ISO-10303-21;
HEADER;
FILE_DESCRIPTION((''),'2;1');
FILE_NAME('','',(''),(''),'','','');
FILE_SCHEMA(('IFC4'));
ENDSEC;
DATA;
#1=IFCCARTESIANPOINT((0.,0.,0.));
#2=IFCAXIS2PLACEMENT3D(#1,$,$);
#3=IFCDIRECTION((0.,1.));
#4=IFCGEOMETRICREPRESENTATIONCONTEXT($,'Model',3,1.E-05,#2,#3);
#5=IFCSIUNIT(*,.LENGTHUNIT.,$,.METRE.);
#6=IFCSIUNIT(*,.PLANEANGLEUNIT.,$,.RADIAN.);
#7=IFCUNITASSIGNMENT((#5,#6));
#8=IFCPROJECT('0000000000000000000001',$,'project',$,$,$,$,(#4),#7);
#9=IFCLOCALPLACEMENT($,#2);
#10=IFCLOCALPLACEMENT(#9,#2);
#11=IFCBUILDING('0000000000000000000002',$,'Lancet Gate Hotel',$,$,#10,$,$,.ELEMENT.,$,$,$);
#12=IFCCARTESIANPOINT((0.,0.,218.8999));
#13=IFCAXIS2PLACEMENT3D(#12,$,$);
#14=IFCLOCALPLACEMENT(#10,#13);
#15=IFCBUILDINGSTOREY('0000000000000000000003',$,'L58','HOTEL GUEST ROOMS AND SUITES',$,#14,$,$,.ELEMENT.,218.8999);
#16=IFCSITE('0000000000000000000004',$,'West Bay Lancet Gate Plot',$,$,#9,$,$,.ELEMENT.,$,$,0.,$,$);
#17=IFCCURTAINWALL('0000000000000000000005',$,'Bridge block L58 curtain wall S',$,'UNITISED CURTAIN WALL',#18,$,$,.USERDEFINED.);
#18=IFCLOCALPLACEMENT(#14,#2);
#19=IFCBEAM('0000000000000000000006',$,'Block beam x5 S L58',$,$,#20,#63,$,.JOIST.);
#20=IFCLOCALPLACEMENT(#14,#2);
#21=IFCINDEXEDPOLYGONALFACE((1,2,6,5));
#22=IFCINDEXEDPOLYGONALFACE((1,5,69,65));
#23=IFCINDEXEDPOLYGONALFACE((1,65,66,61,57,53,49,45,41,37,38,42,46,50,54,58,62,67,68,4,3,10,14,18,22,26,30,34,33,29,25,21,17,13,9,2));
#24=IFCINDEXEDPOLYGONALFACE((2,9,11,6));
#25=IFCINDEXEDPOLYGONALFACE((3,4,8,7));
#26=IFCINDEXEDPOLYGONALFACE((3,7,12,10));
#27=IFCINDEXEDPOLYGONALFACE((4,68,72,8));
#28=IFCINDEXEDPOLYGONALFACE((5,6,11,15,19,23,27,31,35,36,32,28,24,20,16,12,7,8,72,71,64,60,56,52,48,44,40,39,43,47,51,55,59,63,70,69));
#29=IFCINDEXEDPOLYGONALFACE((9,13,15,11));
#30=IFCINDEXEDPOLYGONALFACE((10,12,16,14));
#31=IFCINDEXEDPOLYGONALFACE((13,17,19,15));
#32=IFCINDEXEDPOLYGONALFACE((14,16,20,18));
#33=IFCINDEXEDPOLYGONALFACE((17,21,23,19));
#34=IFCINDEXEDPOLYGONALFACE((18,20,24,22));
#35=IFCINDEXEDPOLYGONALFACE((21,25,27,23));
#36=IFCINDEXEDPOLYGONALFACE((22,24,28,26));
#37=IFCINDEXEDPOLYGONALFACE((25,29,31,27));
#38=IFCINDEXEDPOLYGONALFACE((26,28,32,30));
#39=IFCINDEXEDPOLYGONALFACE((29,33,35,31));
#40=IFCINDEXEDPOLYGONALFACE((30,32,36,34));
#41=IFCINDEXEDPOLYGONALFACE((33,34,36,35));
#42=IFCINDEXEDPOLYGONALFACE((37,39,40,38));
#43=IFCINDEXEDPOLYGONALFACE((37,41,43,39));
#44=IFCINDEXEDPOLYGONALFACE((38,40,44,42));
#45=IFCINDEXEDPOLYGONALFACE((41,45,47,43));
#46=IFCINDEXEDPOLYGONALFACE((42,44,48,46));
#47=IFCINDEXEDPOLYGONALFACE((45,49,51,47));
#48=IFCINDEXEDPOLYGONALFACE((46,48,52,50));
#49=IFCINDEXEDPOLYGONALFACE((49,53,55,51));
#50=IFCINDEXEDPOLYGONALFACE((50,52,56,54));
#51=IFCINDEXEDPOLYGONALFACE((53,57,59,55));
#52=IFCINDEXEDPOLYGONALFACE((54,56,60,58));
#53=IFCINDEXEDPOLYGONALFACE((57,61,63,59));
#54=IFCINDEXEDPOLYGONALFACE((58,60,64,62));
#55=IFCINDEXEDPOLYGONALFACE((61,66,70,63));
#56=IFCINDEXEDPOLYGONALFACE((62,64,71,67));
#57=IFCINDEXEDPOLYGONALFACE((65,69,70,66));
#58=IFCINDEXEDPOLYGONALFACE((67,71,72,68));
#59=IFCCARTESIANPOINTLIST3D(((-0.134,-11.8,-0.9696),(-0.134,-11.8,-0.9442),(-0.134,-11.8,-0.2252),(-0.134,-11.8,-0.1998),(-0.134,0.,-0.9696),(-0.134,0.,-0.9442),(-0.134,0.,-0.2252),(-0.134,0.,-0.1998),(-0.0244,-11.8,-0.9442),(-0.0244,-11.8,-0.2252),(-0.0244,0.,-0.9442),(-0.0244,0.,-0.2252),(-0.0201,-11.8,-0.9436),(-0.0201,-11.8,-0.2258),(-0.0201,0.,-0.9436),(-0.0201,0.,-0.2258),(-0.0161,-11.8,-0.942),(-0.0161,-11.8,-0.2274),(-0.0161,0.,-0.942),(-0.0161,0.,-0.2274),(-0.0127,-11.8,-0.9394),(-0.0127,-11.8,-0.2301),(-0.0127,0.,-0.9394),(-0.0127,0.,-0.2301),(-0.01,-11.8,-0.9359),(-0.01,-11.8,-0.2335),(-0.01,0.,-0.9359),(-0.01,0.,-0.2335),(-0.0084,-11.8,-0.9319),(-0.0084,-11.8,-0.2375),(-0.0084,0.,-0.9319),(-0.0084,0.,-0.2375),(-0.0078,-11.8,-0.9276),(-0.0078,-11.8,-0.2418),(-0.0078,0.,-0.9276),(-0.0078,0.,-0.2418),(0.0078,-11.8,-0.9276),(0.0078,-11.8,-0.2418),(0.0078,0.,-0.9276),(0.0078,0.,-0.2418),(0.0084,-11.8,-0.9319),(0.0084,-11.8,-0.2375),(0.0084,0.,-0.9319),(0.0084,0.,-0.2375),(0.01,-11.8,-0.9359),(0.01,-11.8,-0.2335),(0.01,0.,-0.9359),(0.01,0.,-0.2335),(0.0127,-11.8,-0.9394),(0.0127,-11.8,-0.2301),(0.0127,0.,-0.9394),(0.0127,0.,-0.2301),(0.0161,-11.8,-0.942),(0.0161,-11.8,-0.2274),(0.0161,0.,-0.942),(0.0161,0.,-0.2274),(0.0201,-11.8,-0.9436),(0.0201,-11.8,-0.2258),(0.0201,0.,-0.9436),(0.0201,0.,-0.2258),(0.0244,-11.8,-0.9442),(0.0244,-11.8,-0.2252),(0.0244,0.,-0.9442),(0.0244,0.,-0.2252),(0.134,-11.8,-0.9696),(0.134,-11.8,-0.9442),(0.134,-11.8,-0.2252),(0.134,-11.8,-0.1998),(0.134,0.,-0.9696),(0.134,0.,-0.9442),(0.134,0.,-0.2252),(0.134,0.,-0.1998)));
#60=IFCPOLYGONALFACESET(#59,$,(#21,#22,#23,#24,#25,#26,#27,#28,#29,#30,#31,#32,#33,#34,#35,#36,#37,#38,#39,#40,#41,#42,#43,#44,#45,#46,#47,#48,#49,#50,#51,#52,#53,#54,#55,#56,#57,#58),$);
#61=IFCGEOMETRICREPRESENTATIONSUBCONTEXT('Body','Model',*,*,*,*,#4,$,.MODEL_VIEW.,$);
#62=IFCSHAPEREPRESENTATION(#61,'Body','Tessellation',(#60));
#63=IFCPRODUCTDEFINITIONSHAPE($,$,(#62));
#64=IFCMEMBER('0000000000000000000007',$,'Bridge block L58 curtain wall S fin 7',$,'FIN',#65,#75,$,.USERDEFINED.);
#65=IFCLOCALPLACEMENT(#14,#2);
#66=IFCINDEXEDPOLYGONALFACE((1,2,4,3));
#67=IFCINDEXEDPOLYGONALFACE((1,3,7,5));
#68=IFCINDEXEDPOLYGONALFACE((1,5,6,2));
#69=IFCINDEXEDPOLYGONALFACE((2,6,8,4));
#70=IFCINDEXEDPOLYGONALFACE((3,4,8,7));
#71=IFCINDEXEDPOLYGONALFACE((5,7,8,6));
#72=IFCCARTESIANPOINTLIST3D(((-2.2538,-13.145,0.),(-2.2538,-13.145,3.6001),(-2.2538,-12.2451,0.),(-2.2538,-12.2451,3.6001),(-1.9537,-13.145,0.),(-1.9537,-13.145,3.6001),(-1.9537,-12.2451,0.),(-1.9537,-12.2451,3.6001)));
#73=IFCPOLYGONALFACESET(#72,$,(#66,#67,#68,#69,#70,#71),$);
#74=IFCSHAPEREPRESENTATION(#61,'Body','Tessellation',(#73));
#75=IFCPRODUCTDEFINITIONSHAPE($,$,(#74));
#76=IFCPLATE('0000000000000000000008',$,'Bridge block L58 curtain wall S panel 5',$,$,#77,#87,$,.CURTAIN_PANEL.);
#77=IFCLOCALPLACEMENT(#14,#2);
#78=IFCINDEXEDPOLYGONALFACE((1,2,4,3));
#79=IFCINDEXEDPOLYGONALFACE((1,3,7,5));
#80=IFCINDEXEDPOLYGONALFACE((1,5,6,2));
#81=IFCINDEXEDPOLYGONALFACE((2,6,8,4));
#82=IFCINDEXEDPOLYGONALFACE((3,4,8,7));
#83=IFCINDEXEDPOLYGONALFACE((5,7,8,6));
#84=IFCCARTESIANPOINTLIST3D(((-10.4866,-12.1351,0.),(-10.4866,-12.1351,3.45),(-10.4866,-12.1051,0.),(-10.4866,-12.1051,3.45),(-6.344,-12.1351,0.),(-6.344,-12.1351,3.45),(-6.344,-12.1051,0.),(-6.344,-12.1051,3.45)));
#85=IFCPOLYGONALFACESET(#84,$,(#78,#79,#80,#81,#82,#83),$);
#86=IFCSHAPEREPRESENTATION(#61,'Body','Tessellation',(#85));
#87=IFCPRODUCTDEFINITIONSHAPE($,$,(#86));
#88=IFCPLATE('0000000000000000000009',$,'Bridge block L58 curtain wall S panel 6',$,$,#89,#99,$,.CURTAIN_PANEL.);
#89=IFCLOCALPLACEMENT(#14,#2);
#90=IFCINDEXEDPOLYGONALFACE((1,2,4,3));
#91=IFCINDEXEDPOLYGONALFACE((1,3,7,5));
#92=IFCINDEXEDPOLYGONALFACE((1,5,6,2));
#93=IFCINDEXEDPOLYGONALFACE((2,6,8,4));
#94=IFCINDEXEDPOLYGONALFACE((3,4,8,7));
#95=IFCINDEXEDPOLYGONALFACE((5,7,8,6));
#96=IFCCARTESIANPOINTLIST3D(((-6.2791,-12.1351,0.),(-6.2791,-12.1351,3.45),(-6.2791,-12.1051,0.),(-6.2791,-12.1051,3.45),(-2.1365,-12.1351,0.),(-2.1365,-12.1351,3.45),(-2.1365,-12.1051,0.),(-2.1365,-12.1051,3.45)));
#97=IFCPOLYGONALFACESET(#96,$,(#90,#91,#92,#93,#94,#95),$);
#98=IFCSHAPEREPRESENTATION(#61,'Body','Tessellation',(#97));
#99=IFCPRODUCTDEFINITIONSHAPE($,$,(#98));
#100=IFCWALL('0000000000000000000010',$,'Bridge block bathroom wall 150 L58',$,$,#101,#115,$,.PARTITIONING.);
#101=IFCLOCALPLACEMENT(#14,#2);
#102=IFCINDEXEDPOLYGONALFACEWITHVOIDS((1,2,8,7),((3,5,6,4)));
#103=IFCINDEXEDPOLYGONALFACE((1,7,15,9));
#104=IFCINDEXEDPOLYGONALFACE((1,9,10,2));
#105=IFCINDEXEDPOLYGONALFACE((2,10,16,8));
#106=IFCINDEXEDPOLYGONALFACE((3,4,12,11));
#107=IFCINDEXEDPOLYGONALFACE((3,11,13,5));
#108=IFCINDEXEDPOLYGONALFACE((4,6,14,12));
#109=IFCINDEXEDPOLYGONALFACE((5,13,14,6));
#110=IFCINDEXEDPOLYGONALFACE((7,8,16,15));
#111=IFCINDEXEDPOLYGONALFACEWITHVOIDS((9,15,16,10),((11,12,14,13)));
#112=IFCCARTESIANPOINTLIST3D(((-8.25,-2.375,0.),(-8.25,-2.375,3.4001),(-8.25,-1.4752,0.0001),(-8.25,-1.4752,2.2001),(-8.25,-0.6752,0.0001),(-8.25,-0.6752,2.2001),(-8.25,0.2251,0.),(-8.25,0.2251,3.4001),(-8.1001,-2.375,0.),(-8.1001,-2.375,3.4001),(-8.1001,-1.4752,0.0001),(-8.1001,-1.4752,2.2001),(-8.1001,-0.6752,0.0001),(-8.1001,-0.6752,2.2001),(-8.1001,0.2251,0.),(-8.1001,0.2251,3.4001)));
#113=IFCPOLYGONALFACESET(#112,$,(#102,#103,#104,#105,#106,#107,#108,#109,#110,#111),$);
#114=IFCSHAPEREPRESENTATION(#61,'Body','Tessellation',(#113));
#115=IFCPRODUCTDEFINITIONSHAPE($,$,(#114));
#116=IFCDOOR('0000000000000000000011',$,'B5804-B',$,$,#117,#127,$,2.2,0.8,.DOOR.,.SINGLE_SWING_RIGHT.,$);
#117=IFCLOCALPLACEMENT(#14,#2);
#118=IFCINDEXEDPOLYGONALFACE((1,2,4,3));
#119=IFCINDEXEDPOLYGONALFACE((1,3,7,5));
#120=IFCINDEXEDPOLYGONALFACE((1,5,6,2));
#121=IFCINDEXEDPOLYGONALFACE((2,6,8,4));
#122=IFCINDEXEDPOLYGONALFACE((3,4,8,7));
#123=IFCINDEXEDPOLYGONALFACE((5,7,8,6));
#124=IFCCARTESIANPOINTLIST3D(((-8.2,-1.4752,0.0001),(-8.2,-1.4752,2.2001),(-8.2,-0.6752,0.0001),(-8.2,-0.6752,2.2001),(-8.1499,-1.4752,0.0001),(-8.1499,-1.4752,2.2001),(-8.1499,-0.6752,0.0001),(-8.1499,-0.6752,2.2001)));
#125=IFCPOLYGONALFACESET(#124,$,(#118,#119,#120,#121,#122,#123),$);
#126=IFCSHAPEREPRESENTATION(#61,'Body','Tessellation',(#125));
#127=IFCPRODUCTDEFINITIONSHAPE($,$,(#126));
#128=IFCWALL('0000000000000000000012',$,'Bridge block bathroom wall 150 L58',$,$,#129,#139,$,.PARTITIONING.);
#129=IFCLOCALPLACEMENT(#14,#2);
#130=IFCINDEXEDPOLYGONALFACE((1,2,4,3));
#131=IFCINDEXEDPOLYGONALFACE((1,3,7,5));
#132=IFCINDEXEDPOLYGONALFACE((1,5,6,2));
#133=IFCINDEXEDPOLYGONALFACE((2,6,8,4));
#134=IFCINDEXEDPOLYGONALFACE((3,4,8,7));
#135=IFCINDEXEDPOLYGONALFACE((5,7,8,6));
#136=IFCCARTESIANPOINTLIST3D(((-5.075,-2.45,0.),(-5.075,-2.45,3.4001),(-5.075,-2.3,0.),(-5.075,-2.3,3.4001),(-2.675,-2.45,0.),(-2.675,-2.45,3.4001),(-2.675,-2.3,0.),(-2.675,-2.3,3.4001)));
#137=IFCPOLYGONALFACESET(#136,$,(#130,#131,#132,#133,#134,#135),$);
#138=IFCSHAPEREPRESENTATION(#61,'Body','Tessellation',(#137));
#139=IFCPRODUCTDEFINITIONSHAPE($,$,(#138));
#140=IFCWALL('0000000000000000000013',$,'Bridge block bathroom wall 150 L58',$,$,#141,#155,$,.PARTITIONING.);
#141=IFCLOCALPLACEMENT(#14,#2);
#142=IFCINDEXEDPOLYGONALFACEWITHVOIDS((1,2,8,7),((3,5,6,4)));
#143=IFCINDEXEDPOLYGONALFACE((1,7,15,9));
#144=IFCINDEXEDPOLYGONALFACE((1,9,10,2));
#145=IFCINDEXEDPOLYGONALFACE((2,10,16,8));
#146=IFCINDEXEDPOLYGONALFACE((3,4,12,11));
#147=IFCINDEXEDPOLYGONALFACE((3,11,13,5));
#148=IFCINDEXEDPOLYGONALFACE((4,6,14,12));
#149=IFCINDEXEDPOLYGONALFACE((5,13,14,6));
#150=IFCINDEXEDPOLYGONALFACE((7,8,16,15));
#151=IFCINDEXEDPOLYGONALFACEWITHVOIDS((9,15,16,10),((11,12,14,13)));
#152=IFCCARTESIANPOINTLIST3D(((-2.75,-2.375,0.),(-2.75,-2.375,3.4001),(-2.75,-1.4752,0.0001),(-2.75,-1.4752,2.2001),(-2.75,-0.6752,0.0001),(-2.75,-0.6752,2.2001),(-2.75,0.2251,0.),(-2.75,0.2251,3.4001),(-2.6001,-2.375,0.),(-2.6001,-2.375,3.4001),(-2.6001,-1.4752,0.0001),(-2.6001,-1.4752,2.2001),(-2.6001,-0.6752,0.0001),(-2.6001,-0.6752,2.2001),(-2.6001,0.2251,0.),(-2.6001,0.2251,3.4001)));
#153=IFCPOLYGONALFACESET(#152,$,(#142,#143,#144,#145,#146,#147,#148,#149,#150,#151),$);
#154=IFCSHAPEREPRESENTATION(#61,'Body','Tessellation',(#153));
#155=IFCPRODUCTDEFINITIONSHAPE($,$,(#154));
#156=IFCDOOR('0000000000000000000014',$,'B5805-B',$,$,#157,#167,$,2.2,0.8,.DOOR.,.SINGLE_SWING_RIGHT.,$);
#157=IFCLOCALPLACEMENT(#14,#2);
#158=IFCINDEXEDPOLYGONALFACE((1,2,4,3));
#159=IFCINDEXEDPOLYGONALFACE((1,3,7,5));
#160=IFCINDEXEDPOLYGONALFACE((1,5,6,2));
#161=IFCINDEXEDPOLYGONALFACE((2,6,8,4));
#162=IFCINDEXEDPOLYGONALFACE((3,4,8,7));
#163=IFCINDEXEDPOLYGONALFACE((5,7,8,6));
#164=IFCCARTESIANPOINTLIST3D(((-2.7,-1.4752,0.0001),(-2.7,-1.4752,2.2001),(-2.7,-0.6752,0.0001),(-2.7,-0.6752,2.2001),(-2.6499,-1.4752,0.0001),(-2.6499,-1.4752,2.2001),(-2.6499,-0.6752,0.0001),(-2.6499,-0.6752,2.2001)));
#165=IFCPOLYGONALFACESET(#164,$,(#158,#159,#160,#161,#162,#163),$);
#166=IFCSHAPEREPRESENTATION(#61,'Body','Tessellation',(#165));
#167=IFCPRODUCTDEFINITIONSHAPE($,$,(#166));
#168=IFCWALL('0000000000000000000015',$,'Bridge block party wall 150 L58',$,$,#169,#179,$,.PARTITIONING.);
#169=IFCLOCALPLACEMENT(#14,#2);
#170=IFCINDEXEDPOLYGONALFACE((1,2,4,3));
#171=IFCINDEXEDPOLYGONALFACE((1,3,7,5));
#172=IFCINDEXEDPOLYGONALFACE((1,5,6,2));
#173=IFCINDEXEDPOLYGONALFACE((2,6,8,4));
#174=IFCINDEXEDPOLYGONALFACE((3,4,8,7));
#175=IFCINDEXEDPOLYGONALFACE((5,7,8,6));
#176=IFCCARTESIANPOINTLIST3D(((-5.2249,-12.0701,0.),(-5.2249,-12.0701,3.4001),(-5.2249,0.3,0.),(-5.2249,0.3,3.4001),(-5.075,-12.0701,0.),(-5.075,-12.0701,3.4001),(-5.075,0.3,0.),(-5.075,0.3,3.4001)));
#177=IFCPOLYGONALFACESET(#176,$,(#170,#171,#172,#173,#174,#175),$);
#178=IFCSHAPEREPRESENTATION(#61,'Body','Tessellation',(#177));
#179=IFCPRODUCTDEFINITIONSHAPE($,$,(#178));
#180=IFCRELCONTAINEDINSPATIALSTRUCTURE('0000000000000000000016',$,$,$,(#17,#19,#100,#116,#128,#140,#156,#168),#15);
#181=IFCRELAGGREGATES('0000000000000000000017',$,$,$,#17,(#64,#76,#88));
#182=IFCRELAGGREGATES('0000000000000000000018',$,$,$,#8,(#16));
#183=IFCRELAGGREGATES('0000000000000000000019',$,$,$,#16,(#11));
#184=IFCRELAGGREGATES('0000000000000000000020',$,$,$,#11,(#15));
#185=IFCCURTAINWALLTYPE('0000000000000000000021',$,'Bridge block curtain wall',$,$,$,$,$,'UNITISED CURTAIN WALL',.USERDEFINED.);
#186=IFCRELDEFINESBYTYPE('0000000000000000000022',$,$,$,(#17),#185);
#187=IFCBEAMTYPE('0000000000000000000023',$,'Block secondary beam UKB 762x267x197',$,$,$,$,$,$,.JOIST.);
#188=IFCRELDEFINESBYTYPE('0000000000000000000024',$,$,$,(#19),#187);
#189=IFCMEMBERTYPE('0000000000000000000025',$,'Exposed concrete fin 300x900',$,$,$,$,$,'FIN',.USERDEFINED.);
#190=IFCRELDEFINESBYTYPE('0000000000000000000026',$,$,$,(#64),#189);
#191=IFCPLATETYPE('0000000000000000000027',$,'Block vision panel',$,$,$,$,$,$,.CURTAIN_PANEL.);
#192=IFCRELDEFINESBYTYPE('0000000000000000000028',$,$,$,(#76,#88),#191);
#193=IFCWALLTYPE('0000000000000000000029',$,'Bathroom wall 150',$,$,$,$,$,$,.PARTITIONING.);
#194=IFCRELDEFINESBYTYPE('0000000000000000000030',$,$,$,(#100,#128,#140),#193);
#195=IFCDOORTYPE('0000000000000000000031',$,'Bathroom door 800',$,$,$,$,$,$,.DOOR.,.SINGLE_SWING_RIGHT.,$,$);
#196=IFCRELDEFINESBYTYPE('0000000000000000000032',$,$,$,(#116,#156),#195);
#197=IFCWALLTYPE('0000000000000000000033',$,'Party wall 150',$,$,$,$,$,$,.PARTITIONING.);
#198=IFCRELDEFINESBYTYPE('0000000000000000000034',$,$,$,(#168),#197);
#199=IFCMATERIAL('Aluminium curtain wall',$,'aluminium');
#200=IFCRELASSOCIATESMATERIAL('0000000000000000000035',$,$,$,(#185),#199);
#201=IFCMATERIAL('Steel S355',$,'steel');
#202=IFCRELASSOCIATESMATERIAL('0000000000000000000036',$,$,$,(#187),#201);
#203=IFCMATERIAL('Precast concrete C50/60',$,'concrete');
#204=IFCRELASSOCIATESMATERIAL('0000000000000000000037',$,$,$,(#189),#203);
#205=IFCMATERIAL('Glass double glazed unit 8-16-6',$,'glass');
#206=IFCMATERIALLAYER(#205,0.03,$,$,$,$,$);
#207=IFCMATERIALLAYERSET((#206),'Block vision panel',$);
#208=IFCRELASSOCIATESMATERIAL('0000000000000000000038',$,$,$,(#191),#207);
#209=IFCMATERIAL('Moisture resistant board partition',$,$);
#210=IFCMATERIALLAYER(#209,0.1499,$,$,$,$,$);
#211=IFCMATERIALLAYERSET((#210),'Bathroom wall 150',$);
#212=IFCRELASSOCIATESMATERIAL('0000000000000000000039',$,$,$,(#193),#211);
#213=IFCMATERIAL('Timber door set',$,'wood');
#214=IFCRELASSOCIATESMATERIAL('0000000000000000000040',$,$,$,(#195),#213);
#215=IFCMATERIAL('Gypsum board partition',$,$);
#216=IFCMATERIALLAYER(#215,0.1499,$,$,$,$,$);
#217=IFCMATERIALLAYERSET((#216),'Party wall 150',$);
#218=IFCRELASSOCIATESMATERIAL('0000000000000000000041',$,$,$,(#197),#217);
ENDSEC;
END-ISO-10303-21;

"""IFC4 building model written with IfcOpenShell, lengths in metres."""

from ifc_helpers import new_model, si_unit, direction, frame, frame_2d, origin, origin_2d, place, context, subcontext, project, spatial, rectangle, i_section, extrude, material, layer, layer_set, material_profile, profile_set, type_object, element, fill, aggregate, save


model = new_model("IFC4")

# Units and contexts
model_context = context("Model", 3, precision=1e-05, world=origin(), true_north=direction((0.0, 1.0)))
body_context = subcontext(model_context, "Body", "Model", "MODEL_VIEW")
ifc_project = project(units=[si_unit("LENGTHUNIT", "METRE"), si_unit("PLANEANGLEUNIT", "RADIAN")], contexts=[model_context])

# Site, building, storey
site_placement = place(None, origin())
site = spatial("IfcSite", under=ifc_project, at=site_placement, Name="West Bay Lancet Gate Plot", CompositionType="ELEMENT", RefElevation=0.0)
building_placement = place(site_placement, origin())
building = spatial("IfcBuilding", under=site, at=building_placement, Name="Lancet Gate Hotel", CompositionType="ELEMENT")
storey_placement = place(building_placement, frame((0.0, 0.0, 218.8999)))
storey = spatial("IfcBuildingStorey", under=building, at=storey_placement, Name="L58", Description="HOTEL GUEST ROOMS AND SUITES", CompositionType="ELEMENT", Elevation=218.8999)

# Curtain wall
ifc_material_1 = material(Name="Aluminium curtain wall", Category="aluminium")
curtain_wall_type = type_object("IfcCurtainWallType", Name="Bridge block curtain wall", ElementType="UNITISED CURTAIN WALL", PredefinedType="USERDEFINED", material=ifc_material_1)
curtain_wall_placement = place(storey_placement, origin())
curtain_wall = element("IfcCurtainWall", 1, at=curtain_wall_placement, inside=storey, type_object=curtain_wall_type, Name="Bridge block L58 curtain wall S", ObjectType="UNITISED CURTAIN WALL", PredefinedType="USERDEFINED")

# Beam
ifc_material_2 = material(Name="Steel S355", Category="steel")
ifc_material_profile_1 = material_profile(ifc_material_2, i_section(OverallWidth=0.2681, OverallDepth=0.7698, WebThickness=0.0156, FlangeThickness=0.0254, FilletRadius=0.0166, at=origin_2d()), Name="UKB 762x267x197")
ifc_profile_set_1 = profile_set([ifc_material_profile_1], Name="Steel S355")
beam_type_1 = type_object("IfcBeamType", Name="Block secondary beam UKB 762x267x197", PredefinedType="JOIST", material=ifc_profile_set_1)
for number, where, z_axis, x_axis, name in (
    (2, (0.0, -11.8, -0.5847), (0.0, 1.0, 0.0), (-1.0, 0.0, 0.0), "Block beam x5 S L58"),
):
    element("IfcBeam", number, at=place(storey_placement, frame(where, z_axis=z_axis, x_axis=x_axis)), inside=storey, type_object=beam_type_1, Name=name, PredefinedType="JOIST", context=body_context, shape_type="SweptSolid", body=[
        extrude(i_section(OverallWidth=0.2681, OverallDepth=0.7698, WebThickness=0.0156, FlangeThickness=0.0254, FilletRadius=0.0166, at=origin_2d()), origin(), (0.0, 0.0, 1.0), 11.8),
    ])

# Member
ifc_material_3 = material(Name="Precast concrete C50/60", Category="concrete")
ifc_material_profile_2 = material_profile(ifc_material_3, rectangle(XDim=0.3, YDim=0.8999, at=origin_2d()), Name="FIN 300x900")
ifc_profile_set_2 = profile_set([ifc_material_profile_2], Name="Precast concrete C50/60")
member_type_1 = type_object("IfcMemberType", Name="Exposed concrete fin 300x900", ElementType="FIN", PredefinedType="USERDEFINED", material=ifc_profile_set_2)
member_1_placement = place(storey_placement, frame((-2.1038, -12.6951, 0.0), z_axis=(0.0, 0.0, 1.0), x_axis=(1.0, 0.0, 0.0)))
member_1 = element("IfcMember", 3, at=member_1_placement, type_object=member_type_1, Name="Bridge block L58 curtain wall S fin 7", ObjectType="FIN", PredefinedType="USERDEFINED", context=body_context, shape_type="SweptSolid", body=[
    extrude(rectangle(XDim=0.3, YDim=0.8999, at=origin_2d()), origin(), (0.0, 0.0, 1.0), 3.6001),
])

# Plates
ifc_material_4 = material(Name="Glass double glazed unit 8-16-6", Category="glass")
ifc_layer_1 = layer(ifc_material_4, 0.03)
ifc_layer_set_1 = layer_set([ifc_layer_1], Name="Block vision panel")
plate_type = type_object("IfcPlateType", Name="Block vision panel", PredefinedType="CURTAIN_PANEL", material=ifc_layer_set_1)
plate_1_placement = place(storey_placement, frame((-8.4153, -12.1201, 0.0), z_axis=(0.0, 0.0, 1.0), x_axis=(1.0, 0.0, 0.0)))
plate_1 = element("IfcPlate", 4, at=plate_1_placement, type_object=plate_type, Name="Bridge block L58 curtain wall S panel 5", PredefinedType="CURTAIN_PANEL", context=body_context, shape_type="SweptSolid", body=[
    extrude(rectangle(XDim=4.1426, YDim=0.03, at=origin_2d()), origin(), (0.0, 0.0, 1.0), 3.45),
])
plate_2_placement = place(storey_placement, frame((-4.2078, -12.1201, 0.0), z_axis=(0.0, 0.0, 1.0), x_axis=(1.0, 0.0, 0.0)))
plate_2 = element("IfcPlate", 5, at=plate_2_placement, type_object=plate_type, Name="Bridge block L58 curtain wall S panel 6", PredefinedType="CURTAIN_PANEL", context=body_context, shape_type="SweptSolid", body=[
    extrude(rectangle(XDim=4.1426, YDim=0.03, at=origin_2d()), origin(), (0.0, 0.0, 1.0), 3.45),
])
aggregate(curtain_wall, [member_1, plate_1, plate_2])

# Wall, opening, door
ifc_material_5 = material(Name="Moisture resistant board partition")
ifc_layer_2 = layer(ifc_material_5, 0.1499)
ifc_layer_set_2 = layer_set([ifc_layer_2], Name="Bathroom wall 150")
wall_type_1 = type_object("IfcWallType", Name="Bathroom wall 150", PredefinedType="PARTITIONING", material=ifc_layer_set_2)
wall_1_placement = place(storey_placement, frame((-8.175, -2.375, 0.0), z_axis=(0.0, 0.0, 1.0), x_axis=(0.0, 1.0, 0.0)))
wall_1 = element("IfcWall", 6, at=wall_1_placement, inside=storey, type_object=wall_type_1, Name="Bridge block bathroom wall 150 L58", PredefinedType="PARTITIONING", context=body_context, shape_type="SweptSolid", body=[
    extrude(rectangle(XDim=2.6001, YDim=0.1499, at=frame_2d((1.3, 0.0))), origin(), (0.0, 0.0, 1.0), 3.4001),
])
opening_1_placement = place(wall_1_placement, frame((0.8999, 0.0, 0.0)))
opening_1 = element("IfcOpeningElement", 7, at=opening_1_placement, cuts=wall_1, PredefinedType="OPENING", context=body_context, shape_type="SweptSolid", body=[
    extrude(rectangle(XDim=0.8, YDim=2.2, at=frame_2d((0.3999, 1.1001))), frame((0.0, 0.085, 0.0), z_axis=(0.0, -1.0, 0.0), x_axis=(1.0, 0.0, 0.0)), (0.0, 0.0, 1.0), 0.1699),
])
ifc_material_6 = material(Name="Timber door set", Category="wood")
door_type = type_object("IfcDoorType", Name="Bathroom door 800", OperationType="SINGLE_SWING_RIGHT", PredefinedType="DOOR", material=ifc_material_6)
door_1_placement = place(opening_1_placement, origin())
door_1 = element("IfcDoor", 8, at=door_1_placement, inside=storey, type_object=door_type, Name="B5804-B", OperationType="SINGLE_SWING_RIGHT", OverallHeight=2.2, OverallWidth=0.8, PredefinedType="DOOR", context=body_context, shape_type="SweptSolid", body=[
    extrude(rectangle(XDim=0.8, YDim=2.2, at=frame_2d((0.3999, 1.1001))), frame((0.0, 0.0249, 0.0), z_axis=(0.0, -1.0, 0.0), x_axis=(1.0, 0.0, 0.0)), (0.0, 0.0, 1.0), 0.05),
])
fill(opening_1, door_1)

# Wall
wall_2_placement = place(storey_placement, frame((-5.075, -2.375, 0.0), z_axis=(0.0, 0.0, 1.0), x_axis=(1.0, 0.0, 0.0)))
element("IfcWall", 9, at=wall_2_placement, inside=storey, type_object=wall_type_1, Name="Bridge block bathroom wall 150 L58", PredefinedType="PARTITIONING", context=body_context, shape_type="SweptSolid", body=[
    extrude(rectangle(XDim=2.3999, YDim=0.1499, at=frame_2d((1.2, 0.0))), origin(), (0.0, 0.0, 1.0), 3.4001),
])

# Wall, opening, door
wall_3_placement = place(storey_placement, frame((-2.675, -2.375, 0.0), z_axis=(0.0, 0.0, 1.0), x_axis=(0.0, 1.0, 0.0)))
wall_3 = element("IfcWall", 10, at=wall_3_placement, inside=storey, type_object=wall_type_1, Name="Bridge block bathroom wall 150 L58", PredefinedType="PARTITIONING", context=body_context, shape_type="SweptSolid", body=[
    extrude(rectangle(XDim=2.6001, YDim=0.1499, at=frame_2d((1.3, 0.0))), origin(), (0.0, 0.0, 1.0), 3.4001),
])
opening_2_placement = place(wall_3_placement, frame((0.8999, 0.0, 0.0)))
opening_2 = element("IfcOpeningElement", 11, at=opening_2_placement, cuts=wall_3, PredefinedType="OPENING", context=body_context, shape_type="SweptSolid", body=[
    extrude(rectangle(XDim=0.8, YDim=2.2, at=frame_2d((0.3999, 1.1001))), frame((0.0, 0.085, 0.0), z_axis=(0.0, -1.0, 0.0), x_axis=(1.0, 0.0, 0.0)), (0.0, 0.0, 1.0), 0.1699),
])
door_2_placement = place(opening_2_placement, origin())
door_2 = element("IfcDoor", 12, at=door_2_placement, inside=storey, type_object=door_type, Name="B5805-B", OperationType="SINGLE_SWING_RIGHT", OverallHeight=2.2, OverallWidth=0.8, PredefinedType="DOOR", context=body_context, shape_type="SweptSolid", body=[
    extrude(rectangle(XDim=0.8, YDim=2.2, at=frame_2d((0.3999, 1.1001))), frame((0.0, 0.0249, 0.0), z_axis=(0.0, -1.0, 0.0), x_axis=(1.0, 0.0, 0.0)), (0.0, 0.0, 1.0), 0.05),
])
fill(opening_2, door_2)

# Wall
ifc_material_7 = material(Name="Gypsum board partition")
ifc_layer_3 = layer(ifc_material_7, 0.1499)
ifc_layer_set_3 = layer_set([ifc_layer_3], Name="Party wall 150")
wall_type_2 = type_object("IfcWallType", Name="Party wall 150", PredefinedType="PARTITIONING", material=ifc_layer_set_3)
wall_4_placement = place(storey_placement, frame((-5.1499, -12.0701, 0.0), z_axis=(0.0, 0.0, 1.0), x_axis=(0.0, 1.0, 0.0)))
element("IfcWall", 13, at=wall_4_placement, inside=storey, type_object=wall_type_2, Name="Bridge block party wall 150 L58", PredefinedType="PARTITIONING", context=body_context, shape_type="SweptSolid", body=[
    extrude(rectangle(XDim=12.3701, YDim=0.1499, at=frame_2d((6.1851, 0.0))), origin(), (0.0, 0.0, 1.0), 3.4001),
])

save(model, "model.ifc")
